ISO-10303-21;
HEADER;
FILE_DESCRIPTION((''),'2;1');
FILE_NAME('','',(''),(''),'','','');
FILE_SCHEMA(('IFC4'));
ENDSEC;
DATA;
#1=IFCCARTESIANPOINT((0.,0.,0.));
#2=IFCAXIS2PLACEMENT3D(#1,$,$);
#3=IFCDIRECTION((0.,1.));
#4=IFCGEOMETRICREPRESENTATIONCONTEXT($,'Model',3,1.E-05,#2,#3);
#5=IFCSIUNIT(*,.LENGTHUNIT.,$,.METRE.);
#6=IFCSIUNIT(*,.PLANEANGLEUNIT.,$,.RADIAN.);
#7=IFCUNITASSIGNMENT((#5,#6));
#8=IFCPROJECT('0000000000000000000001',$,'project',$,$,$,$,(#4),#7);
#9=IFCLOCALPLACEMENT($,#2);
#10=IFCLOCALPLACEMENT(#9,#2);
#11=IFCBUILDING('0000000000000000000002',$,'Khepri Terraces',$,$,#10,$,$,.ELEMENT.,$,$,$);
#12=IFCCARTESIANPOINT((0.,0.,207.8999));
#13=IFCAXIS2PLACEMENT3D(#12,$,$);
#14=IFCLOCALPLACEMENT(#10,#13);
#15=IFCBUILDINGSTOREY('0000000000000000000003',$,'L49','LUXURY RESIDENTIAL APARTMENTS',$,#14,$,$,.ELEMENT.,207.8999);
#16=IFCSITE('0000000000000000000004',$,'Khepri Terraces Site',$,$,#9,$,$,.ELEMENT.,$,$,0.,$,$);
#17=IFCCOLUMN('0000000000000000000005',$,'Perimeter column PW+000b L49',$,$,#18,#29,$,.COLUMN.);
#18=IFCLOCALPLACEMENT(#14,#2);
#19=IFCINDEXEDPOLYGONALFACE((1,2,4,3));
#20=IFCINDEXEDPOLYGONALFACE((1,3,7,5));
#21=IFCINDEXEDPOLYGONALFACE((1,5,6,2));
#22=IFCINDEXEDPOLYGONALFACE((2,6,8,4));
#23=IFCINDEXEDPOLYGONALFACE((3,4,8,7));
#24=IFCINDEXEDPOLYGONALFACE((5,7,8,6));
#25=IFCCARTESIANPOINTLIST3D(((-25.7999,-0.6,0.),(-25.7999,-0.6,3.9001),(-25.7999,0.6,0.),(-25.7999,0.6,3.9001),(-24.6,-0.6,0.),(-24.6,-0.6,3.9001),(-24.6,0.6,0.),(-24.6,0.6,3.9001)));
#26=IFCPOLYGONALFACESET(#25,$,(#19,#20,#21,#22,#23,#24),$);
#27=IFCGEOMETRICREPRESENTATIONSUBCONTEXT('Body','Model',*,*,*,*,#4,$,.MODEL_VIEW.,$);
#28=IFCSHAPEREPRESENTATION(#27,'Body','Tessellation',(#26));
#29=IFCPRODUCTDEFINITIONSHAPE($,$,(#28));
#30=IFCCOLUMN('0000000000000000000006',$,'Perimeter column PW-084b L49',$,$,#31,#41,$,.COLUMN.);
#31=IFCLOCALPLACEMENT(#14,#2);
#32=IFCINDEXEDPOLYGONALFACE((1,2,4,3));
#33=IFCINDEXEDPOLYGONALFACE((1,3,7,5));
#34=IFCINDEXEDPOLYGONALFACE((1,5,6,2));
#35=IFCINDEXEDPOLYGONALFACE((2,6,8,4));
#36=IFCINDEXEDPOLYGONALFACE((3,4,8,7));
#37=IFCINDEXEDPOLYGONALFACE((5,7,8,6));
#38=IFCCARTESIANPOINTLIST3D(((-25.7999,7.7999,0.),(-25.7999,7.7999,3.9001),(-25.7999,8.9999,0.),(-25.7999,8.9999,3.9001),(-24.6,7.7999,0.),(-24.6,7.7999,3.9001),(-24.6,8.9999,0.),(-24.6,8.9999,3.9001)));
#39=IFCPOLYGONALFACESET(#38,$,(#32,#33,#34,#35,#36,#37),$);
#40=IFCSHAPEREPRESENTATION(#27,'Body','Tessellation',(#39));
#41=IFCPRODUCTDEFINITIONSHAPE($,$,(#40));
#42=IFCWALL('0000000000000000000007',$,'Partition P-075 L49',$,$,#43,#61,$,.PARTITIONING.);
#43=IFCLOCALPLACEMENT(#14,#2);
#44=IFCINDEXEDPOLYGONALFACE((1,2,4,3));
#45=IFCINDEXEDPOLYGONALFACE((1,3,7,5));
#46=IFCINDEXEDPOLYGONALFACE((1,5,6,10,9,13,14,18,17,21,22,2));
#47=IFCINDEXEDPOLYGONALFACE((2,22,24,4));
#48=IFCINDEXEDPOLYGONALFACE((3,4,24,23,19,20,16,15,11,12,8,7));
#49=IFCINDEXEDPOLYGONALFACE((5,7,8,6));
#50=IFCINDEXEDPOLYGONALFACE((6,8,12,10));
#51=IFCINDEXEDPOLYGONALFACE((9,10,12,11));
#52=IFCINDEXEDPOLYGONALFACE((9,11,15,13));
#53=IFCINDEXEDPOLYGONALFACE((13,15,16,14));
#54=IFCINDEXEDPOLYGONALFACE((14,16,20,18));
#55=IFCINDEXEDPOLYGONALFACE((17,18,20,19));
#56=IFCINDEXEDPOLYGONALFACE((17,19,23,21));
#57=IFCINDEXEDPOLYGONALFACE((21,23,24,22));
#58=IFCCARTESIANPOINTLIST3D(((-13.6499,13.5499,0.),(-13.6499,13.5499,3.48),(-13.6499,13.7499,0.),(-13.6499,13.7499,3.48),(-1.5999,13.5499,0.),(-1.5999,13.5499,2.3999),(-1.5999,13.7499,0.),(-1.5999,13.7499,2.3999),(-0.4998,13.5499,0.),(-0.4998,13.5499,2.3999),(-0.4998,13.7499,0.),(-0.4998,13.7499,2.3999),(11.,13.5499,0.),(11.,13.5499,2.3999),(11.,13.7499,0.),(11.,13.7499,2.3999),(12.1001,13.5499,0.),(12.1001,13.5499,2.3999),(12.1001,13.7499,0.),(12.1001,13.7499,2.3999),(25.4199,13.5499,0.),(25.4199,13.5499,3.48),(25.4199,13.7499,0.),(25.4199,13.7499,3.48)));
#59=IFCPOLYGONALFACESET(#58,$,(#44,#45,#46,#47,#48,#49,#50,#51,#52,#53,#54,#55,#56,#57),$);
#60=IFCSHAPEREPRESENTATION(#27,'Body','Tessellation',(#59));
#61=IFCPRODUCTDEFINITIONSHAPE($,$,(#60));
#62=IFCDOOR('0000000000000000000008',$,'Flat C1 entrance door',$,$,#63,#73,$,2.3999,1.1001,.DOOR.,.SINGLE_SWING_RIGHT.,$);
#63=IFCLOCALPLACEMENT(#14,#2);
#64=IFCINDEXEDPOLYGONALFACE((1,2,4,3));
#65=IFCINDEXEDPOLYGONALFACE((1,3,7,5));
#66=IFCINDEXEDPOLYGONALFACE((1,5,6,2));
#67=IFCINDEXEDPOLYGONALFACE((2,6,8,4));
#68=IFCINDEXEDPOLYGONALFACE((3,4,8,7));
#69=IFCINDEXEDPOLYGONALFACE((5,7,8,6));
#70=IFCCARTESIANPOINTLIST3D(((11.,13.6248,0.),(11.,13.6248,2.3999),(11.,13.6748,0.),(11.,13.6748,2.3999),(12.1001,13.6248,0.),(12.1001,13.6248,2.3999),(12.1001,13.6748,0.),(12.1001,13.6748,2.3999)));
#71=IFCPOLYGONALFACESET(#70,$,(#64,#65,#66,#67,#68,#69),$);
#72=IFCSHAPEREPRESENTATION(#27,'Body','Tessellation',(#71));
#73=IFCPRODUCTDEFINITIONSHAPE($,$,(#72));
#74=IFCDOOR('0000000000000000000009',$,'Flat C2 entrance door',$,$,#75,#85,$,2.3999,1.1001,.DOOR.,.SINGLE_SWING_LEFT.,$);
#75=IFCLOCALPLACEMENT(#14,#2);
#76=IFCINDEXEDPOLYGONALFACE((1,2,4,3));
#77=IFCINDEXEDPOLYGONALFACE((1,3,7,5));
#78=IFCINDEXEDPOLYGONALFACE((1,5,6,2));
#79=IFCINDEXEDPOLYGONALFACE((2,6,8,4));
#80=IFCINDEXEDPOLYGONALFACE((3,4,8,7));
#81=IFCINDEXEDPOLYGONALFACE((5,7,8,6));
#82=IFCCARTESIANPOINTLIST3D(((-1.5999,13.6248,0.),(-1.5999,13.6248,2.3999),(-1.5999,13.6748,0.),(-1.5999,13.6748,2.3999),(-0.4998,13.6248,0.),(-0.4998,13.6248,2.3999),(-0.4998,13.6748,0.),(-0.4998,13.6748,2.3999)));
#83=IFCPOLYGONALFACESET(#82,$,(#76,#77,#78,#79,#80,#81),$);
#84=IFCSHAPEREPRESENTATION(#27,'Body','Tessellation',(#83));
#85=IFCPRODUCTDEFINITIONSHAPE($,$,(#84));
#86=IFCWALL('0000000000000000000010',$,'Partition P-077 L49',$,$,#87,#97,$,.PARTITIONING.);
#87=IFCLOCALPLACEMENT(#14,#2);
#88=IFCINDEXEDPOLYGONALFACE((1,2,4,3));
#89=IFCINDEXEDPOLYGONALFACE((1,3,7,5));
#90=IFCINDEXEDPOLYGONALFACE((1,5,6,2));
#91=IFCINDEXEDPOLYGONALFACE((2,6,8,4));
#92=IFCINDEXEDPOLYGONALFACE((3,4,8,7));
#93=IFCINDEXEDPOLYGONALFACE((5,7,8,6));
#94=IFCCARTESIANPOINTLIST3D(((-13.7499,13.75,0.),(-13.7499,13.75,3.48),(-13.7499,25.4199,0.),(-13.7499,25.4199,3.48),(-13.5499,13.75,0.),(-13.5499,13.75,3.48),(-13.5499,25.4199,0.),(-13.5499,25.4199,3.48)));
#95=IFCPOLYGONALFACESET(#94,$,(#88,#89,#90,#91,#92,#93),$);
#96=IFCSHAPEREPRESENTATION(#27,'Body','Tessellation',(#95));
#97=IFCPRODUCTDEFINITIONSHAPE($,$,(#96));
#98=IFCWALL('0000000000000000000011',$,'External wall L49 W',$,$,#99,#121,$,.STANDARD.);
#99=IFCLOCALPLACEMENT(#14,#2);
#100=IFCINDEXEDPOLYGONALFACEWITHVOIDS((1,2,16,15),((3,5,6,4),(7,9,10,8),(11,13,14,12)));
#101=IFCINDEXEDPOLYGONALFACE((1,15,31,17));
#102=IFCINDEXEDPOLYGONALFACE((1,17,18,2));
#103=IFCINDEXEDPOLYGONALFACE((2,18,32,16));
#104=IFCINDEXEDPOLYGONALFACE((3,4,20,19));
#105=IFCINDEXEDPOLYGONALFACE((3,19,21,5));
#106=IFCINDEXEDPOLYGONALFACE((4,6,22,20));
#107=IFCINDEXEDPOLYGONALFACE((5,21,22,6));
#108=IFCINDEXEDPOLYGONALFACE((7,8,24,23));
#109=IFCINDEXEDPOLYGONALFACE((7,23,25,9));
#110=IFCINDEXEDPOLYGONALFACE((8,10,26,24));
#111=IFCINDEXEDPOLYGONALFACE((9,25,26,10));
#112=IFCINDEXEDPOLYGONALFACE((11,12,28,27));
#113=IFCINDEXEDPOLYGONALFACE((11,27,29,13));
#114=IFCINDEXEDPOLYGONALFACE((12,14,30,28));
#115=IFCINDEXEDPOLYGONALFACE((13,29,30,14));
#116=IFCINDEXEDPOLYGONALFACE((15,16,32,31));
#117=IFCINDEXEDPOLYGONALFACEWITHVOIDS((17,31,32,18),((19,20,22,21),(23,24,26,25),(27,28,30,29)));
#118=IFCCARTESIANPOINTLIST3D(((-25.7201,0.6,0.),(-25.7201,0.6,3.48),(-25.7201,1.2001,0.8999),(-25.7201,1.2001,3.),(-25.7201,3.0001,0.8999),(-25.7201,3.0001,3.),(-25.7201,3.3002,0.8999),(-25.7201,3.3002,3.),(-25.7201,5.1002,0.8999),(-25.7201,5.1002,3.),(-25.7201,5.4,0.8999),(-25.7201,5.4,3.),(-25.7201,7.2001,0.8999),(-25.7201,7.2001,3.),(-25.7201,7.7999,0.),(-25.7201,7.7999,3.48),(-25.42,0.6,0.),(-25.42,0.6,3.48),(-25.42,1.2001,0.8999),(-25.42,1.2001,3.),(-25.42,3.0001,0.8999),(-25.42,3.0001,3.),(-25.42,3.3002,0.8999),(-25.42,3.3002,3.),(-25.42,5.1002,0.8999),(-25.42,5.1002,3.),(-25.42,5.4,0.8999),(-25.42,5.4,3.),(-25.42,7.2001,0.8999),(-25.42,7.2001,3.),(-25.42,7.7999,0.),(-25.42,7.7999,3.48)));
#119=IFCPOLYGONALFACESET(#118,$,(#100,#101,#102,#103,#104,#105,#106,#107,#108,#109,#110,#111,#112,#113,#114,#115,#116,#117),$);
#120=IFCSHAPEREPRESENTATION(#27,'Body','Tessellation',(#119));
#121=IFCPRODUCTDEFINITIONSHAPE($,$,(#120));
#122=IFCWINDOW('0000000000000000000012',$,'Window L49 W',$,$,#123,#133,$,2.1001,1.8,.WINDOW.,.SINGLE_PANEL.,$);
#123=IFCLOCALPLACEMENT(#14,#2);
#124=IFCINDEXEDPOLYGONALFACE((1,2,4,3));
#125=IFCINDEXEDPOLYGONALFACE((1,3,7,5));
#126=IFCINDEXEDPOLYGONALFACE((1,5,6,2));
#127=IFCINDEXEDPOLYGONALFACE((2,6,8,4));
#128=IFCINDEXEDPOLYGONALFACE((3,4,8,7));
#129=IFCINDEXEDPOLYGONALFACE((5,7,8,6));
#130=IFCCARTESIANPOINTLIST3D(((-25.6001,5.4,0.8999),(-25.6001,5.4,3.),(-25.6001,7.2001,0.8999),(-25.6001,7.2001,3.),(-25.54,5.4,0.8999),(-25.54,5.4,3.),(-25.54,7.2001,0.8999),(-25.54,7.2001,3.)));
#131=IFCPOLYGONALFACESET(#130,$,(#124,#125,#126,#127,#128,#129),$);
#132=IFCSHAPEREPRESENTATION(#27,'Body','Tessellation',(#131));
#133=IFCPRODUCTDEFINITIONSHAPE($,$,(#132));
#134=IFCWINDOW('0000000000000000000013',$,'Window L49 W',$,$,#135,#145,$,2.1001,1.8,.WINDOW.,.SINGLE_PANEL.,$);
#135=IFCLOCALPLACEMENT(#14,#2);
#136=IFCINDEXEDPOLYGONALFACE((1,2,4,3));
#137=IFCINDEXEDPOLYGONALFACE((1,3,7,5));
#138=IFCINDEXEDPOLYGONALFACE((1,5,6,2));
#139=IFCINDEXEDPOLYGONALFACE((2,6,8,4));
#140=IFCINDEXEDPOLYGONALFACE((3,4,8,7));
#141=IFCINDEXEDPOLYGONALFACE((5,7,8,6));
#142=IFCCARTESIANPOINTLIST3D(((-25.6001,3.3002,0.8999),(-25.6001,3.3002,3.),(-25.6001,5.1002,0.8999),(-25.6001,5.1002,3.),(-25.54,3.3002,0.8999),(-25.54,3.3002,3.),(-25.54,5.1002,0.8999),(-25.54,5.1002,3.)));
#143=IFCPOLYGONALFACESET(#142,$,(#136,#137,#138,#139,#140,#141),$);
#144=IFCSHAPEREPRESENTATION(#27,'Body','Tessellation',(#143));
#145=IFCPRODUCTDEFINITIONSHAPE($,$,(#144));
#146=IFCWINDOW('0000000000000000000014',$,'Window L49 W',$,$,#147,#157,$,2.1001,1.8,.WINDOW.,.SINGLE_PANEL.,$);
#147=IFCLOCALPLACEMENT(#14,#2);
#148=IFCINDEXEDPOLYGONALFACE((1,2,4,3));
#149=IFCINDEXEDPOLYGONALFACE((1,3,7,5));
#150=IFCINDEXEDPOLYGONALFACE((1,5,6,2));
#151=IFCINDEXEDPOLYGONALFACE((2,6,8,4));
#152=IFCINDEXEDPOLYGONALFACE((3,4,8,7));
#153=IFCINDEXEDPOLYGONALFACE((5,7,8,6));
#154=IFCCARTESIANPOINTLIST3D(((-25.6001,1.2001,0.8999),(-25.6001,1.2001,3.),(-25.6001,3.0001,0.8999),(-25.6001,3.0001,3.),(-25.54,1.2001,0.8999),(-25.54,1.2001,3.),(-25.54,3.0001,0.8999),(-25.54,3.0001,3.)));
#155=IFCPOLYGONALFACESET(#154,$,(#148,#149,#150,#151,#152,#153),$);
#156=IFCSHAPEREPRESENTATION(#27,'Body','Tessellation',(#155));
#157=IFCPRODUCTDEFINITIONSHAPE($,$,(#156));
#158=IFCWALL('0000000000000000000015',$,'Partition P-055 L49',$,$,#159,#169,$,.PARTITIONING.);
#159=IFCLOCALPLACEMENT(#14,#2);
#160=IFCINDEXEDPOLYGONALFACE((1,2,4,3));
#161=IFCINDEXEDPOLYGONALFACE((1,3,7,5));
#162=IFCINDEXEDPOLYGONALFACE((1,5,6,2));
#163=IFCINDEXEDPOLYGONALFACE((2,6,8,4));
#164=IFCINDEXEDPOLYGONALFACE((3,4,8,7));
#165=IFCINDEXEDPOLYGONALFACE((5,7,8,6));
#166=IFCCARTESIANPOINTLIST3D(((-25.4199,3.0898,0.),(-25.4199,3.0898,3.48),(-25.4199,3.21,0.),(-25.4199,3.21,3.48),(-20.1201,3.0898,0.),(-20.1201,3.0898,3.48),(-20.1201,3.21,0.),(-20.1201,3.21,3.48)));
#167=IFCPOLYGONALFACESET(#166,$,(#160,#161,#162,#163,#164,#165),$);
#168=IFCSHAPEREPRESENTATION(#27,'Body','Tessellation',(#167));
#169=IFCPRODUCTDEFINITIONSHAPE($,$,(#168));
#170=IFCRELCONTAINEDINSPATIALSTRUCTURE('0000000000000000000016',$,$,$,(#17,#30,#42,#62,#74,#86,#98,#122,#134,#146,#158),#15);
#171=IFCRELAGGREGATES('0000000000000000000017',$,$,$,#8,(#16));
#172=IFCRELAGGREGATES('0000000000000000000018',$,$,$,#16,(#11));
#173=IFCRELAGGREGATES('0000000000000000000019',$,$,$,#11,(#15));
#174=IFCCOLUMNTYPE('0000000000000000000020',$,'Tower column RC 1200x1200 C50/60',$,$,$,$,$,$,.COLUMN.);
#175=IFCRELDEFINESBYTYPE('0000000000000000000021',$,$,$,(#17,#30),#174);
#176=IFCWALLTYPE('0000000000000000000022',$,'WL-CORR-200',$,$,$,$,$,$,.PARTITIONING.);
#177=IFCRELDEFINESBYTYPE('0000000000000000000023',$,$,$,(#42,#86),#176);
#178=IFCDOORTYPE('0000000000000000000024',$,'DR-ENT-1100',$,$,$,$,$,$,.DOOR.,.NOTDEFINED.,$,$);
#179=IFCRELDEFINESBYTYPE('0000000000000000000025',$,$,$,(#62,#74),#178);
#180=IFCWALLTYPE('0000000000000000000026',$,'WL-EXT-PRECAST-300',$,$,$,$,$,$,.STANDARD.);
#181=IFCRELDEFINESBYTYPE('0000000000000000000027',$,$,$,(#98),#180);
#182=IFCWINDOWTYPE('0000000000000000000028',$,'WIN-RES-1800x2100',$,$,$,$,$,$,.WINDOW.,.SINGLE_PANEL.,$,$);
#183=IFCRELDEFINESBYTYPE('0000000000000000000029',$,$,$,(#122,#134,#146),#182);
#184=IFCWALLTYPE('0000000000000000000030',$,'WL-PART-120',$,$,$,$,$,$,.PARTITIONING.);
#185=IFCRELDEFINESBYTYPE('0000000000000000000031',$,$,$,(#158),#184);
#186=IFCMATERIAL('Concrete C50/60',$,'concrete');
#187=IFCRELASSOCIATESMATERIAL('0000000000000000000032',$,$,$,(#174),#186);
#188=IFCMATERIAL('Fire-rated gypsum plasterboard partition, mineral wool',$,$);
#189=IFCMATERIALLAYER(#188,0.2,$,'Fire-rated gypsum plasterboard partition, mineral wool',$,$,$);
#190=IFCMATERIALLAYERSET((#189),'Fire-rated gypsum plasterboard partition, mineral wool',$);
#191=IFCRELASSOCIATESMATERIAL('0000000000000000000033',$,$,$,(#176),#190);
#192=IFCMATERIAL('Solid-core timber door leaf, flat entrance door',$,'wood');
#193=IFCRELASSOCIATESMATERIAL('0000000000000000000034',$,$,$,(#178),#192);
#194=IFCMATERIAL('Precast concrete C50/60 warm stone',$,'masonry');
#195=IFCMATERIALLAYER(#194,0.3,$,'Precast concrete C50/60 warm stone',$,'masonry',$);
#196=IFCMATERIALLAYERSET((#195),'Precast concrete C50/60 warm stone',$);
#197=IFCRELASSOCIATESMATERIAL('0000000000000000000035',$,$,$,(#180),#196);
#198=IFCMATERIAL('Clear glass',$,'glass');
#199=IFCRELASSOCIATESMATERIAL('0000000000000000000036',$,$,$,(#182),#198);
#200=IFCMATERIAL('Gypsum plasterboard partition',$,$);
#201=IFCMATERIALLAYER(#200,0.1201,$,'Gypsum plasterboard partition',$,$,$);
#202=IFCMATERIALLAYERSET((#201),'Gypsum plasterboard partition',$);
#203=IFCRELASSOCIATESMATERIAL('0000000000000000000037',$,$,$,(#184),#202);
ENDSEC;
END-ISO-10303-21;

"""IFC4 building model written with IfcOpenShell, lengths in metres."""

from ifc_helpers import new_model, si_unit, direction, frame, frame_2d, origin, origin_2d, place, context, subcontext, project, spatial, rectangle, extrude, material, layer, layer_set, material_profile, profile_set, type_object, element, fill, save


model = new_model("IFC4")

# Units and contexts
model_context = context("Model", 3, precision=1e-05, world=origin(), true_north=direction((0.0, 1.0)))
body_context = subcontext(model_context, "Body", "Model", "MODEL_VIEW")
ifc_project = project(units=[si_unit("LENGTHUNIT", "METRE"), si_unit("PLANEANGLEUNIT", "RADIAN")], contexts=[model_context])

# Site, building, storey
site_placement = place(None, origin())
site = spatial("IfcSite", under=ifc_project, at=site_placement, Name="Khepri Terraces Site", CompositionType="ELEMENT", RefElevation=0.0)
building_placement = place(site_placement, origin())
building = spatial("IfcBuilding", under=site, at=building_placement, Name="Khepri Terraces", CompositionType="ELEMENT")
storey_placement = place(building_placement, frame((0.0, 0.0, 207.8999)))
storey = spatial("IfcBuildingStorey", under=building, at=storey_placement, Name="L49", Description="LUXURY RESIDENTIAL APARTMENTS", CompositionType="ELEMENT", Elevation=207.8999)

# Columns
ifc_material_1 = material(Name="Concrete C50/60", Category="concrete")
ifc_material_profile = material_profile(ifc_material_1, rectangle(XDim=1.2, YDim=1.2, at=origin_2d()), Name="Concrete C50/60", Category="concrete")
ifc_profile_set = profile_set([ifc_material_profile], Name="Concrete C50/60")
column_type = type_object("IfcColumnType", Name="Tower column RC 1200x1200 C50/60", PredefinedType="COLUMN", material=ifc_profile_set)
for number, where, z_axis, x_axis, name in (
    (1, (-25.2, 0.0, 0.0), (0.0, 0.0, 1.0), (1.0, 0.0, 0.0), "Perimeter column PW+000b L49"),
    (2, (-25.2, 8.3999, 0.0), (0.0, 0.0, 1.0), (1.0, 0.0, 0.0), "Perimeter column PW-084b L49"),
):
    element("IfcColumn", number, at=place(storey_placement, frame(where, z_axis=z_axis, x_axis=x_axis)), inside=storey, type_object=column_type, Name=name, PredefinedType="COLUMN", context=body_context, shape_type="SweptSolid", body=[
        extrude(rectangle(XDim=1.2, YDim=1.2, at=origin_2d()), origin(), (0.0, 0.0, 1.0), 3.9001),
    ])

# Wall, openings, doors
ifc_material_2 = material(Name="Fire-rated gypsum plasterboard partition, mineral wool")
ifc_layer_1 = layer(ifc_material_2, 0.2, Name="Fire-rated gypsum plasterboard partition, mineral wool")
ifc_layer_set_1 = layer_set([ifc_layer_1], Name="Fire-rated gypsum plasterboard partition, mineral wool")
wall_type_1 = type_object("IfcWallType", Name="WL-CORR-200", PredefinedType="PARTITIONING", material=ifc_layer_set_1)
wall_1_placement = place(storey_placement, frame((-13.6499, 13.6499, 0.0), z_axis=(0.0, 0.0, 1.0), x_axis=(1.0, 0.0, 0.0)))
wall_1 = element("IfcWall", 3, at=wall_1_placement, inside=storey, type_object=wall_type_1, Name="Partition P-075 L49", PredefinedType="PARTITIONING", context=body_context, shape_type="SweptSolid", body=[
    extrude(rectangle(XDim=39.0698, YDim=0.2, at=frame_2d((19.5349, 0.0))), origin(), (0.0, 0.0, 1.0), 3.48),
])
opening_1_placement = place(wall_1_placement, frame((24.6499, 0.0, 0.0)))
opening_1 = element("IfcOpeningElement", 4, at=opening_1_placement, cuts=wall_1, PredefinedType="OPENING", context=body_context, shape_type="SweptSolid", body=[
    extrude(rectangle(XDim=1.1001, YDim=2.3999, at=frame_2d((0.55, 1.2))), frame((0.0, 0.1099, 0.0), z_axis=(0.0, -1.0, 0.0), x_axis=(1.0, 0.0, 0.0)), (0.0, 0.0, 1.0), 0.22),
])
opening_2_placement = place(wall_1_placement, frame((12.05, 0.0, 0.0)))
opening_2 = element("IfcOpeningElement", 5, at=opening_2_placement, cuts=wall_1, PredefinedType="OPENING", context=body_context, shape_type="SweptSolid", body=[
    extrude(rectangle(XDim=1.1001, YDim=2.3999, at=frame_2d((0.55, 1.2))), frame((0.0, 0.1099, 0.0), z_axis=(0.0, -1.0, 0.0), x_axis=(1.0, 0.0, 0.0)), (0.0, 0.0, 1.0), 0.22),
])
ifc_material_3 = material(Name="Solid-core timber door leaf, flat entrance door", Category="wood")
door_type_1 = type_object("IfcDoorType", Name="DR-ENT-1100", OperationType="NOTDEFINED", PredefinedType="DOOR", material=ifc_material_3)
door_1_placement = place(opening_1_placement, origin())
door_1 = element("IfcDoor", 6, at=door_1_placement, inside=storey, type_object=door_type_1, Name="Flat C1 entrance door", OperationType="SINGLE_SWING_RIGHT", OverallHeight=2.3999, OverallWidth=1.1001, PredefinedType="DOOR", context=body_context, shape_type="SweptSolid", body=[
    extrude(rectangle(XDim=1.1001, YDim=2.3999, at=frame_2d((0.55, 1.2))), frame((0.0, 0.0249, 0.0), z_axis=(0.0, -1.0, 0.0), x_axis=(1.0, 0.0, 0.0)), (0.0, 0.0, 1.0), 0.05),
])
fill(opening_1, door_1)
door_2_placement = place(opening_2_placement, origin())
door_2 = element("IfcDoor", 7, at=door_2_placement, inside=storey, type_object=door_type_1, Name="Flat C2 entrance door", OperationType="SINGLE_SWING_LEFT", OverallHeight=2.3999, OverallWidth=1.1001, PredefinedType="DOOR", context=body_context, shape_type="SweptSolid", body=[
    extrude(rectangle(XDim=1.1001, YDim=2.3999, at=frame_2d((0.55, 1.2))), frame((0.0, 0.0249, 0.0), z_axis=(0.0, -1.0, 0.0), x_axis=(1.0, 0.0, 0.0)), (0.0, 0.0, 1.0), 0.05),
])
fill(opening_2, door_2)

# Wall
wall_2_placement = place(storey_placement, frame((-13.6499, 13.75, 0.0), z_axis=(0.0, 0.0, 1.0), x_axis=(0.0, 1.0, 0.0)))
element("IfcWall", 8, at=wall_2_placement, inside=storey, type_object=wall_type_1, Name="Partition P-077 L49", PredefinedType="PARTITIONING", context=body_context, shape_type="SweptSolid", body=[
    extrude(rectangle(XDim=11.6699, YDim=0.2, at=frame_2d((5.835, 0.0))), origin(), (0.0, 0.0, 1.0), 3.48),
])

# Wall, openings, windows
ifc_material_4 = material(Name="Precast concrete C50/60 warm stone", Category="masonry")
ifc_layer_2 = layer(ifc_material_4, 0.3, Name="Precast concrete C50/60 warm stone", Category="masonry")
ifc_layer_set_2 = layer_set([ifc_layer_2], Name="Precast concrete C50/60 warm stone")
wall_type_2 = type_object("IfcWallType", Name="WL-EXT-PRECAST-300", PredefinedType="STANDARD", material=ifc_layer_set_2)
wall_3_placement = place(storey_placement, frame((-25.5701, 7.8, 0.0), z_axis=(0.0, 0.0, 1.0), x_axis=(0.0, -1.0, 0.0)))
wall_3 = element("IfcWall", 9, at=wall_3_placement, inside=storey, type_object=wall_type_2, Name="External wall L49 W", PredefinedType="STANDARD", context=body_context, shape_type="SweptSolid", body=[
    extrude(rectangle(XDim=7.2, YDim=0.3, at=frame_2d((3.6001, 0.0))), origin(), (0.0, 0.0, 1.0), 3.48),
])
opening_3_placement = place(wall_3_placement, frame((0.6001, 0.0, 0.8999)))
opening_3 = element("IfcOpeningElement", 10, at=opening_3_placement, cuts=wall_3, PredefinedType="OPENING", context=body_context, shape_type="SweptSolid", body=[
    extrude(rectangle(XDim=1.8, YDim=2.1001, at=frame_2d((0.8999, 1.05))), frame((0.0, 0.1602, 0.0), z_axis=(0.0, -1.0, 0.0), x_axis=(1.0, 0.0, 0.0)), (0.0, 0.0, 1.0), 0.3201),
])
opening_4_placement = place(wall_3_placement, frame((2.7, 0.0, 0.8999)))
opening_4 = element("IfcOpeningElement", 11, at=opening_4_placement, cuts=wall_3, PredefinedType="OPENING", context=body_context, shape_type="SweptSolid", body=[
    extrude(rectangle(XDim=1.8, YDim=2.1001, at=frame_2d((0.8999, 1.05))), frame((0.0, 0.1602, 0.0), z_axis=(0.0, -1.0, 0.0), x_axis=(1.0, 0.0, 0.0)), (0.0, 0.0, 1.0), 0.3201),
])
opening_5_placement = place(wall_3_placement, frame((4.8, 0.0, 0.8999)))
opening_5 = element("IfcOpeningElement", 12, at=opening_5_placement, cuts=wall_3, PredefinedType="OPENING", context=body_context, shape_type="SweptSolid", body=[
    extrude(rectangle(XDim=1.8, YDim=2.1001, at=frame_2d((0.8999, 1.05))), frame((0.0, 0.1602, 0.0), z_axis=(0.0, -1.0, 0.0), x_axis=(1.0, 0.0, 0.0)), (0.0, 0.0, 1.0), 0.3201),
])
ifc_material_5 = material(Name="Clear glass", Category="glass")
window_type = type_object("IfcWindowType", Name="WIN-RES-1800x2100", PartitioningType="SINGLE_PANEL", PredefinedType="WINDOW", material=ifc_material_5)
window_1_placement = place(opening_3_placement, origin())
window_1 = element("IfcWindow", 13, at=window_1_placement, inside=storey, type_object=window_type, Name="Window L49 W", OverallHeight=2.1001, OverallWidth=1.8, PartitioningType="SINGLE_PANEL", PredefinedType="WINDOW", context=body_context, shape_type="SweptSolid", body=[
    extrude(rectangle(XDim=1.8, YDim=2.1001, at=frame_2d((0.8999, 1.05))), frame((0.0, 0.03, 0.0), z_axis=(0.0, -1.0, 0.0), x_axis=(1.0, 0.0, 0.0)), (0.0, 0.0, 1.0), 0.0601),
])
fill(opening_3, window_1)
window_2_placement = place(opening_4_placement, origin())
window_2 = element("IfcWindow", 14, at=window_2_placement, inside=storey, type_object=window_type, Name="Window L49 W", OverallHeight=2.1001, OverallWidth=1.8, PartitioningType="SINGLE_PANEL", PredefinedType="WINDOW", context=body_context, shape_type="SweptSolid", body=[
    extrude(rectangle(XDim=1.8, YDim=2.1001, at=frame_2d((0.8999, 1.05))), frame((0.0, 0.03, 0.0), z_axis=(0.0, -1.0, 0.0), x_axis=(1.0, 0.0, 0.0)), (0.0, 0.0, 1.0), 0.0601),
])
fill(opening_4, window_2)
window_3_placement = place(opening_5_placement, origin())
window_3 = element("IfcWindow", 15, at=window_3_placement, inside=storey, type_object=window_type, Name="Window L49 W", OverallHeight=2.1001, OverallWidth=1.8, PartitioningType="SINGLE_PANEL", PredefinedType="WINDOW", context=body_context, shape_type="SweptSolid", body=[
    extrude(rectangle(XDim=1.8, YDim=2.1001, at=frame_2d((0.8999, 1.05))), frame((0.0, 0.03, 0.0), z_axis=(0.0, -1.0, 0.0), x_axis=(1.0, 0.0, 0.0)), (0.0, 0.0, 1.0), 0.0601),
])
fill(opening_5, window_3)

# Wall
ifc_material_6 = material(Name="Gypsum plasterboard partition")
ifc_layer_3 = layer(ifc_material_6, 0.1201, Name="Gypsum plasterboard partition")
ifc_layer_set_3 = layer_set([ifc_layer_3], Name="Gypsum plasterboard partition")
wall_type_3 = type_object("IfcWallType", Name="WL-PART-120", PredefinedType="PARTITIONING", material=ifc_layer_set_3)
wall_4_placement = place(storey_placement, frame((-25.4199, 3.1499, 0.0), z_axis=(0.0, 0.0, 1.0), x_axis=(1.0, 0.0, 0.0)))
element("IfcWall", 16, at=wall_4_placement, inside=storey, type_object=wall_type_3, Name="Partition P-055 L49", PredefinedType="PARTITIONING", context=body_context, shape_type="SweptSolid", body=[
    extrude(rectangle(XDim=5.2998, YDim=0.1201, at=frame_2d((2.6499, 0.0))), origin(), (0.0, 0.0, 1.0), 3.48),
])

save(model, "model.ifc")
